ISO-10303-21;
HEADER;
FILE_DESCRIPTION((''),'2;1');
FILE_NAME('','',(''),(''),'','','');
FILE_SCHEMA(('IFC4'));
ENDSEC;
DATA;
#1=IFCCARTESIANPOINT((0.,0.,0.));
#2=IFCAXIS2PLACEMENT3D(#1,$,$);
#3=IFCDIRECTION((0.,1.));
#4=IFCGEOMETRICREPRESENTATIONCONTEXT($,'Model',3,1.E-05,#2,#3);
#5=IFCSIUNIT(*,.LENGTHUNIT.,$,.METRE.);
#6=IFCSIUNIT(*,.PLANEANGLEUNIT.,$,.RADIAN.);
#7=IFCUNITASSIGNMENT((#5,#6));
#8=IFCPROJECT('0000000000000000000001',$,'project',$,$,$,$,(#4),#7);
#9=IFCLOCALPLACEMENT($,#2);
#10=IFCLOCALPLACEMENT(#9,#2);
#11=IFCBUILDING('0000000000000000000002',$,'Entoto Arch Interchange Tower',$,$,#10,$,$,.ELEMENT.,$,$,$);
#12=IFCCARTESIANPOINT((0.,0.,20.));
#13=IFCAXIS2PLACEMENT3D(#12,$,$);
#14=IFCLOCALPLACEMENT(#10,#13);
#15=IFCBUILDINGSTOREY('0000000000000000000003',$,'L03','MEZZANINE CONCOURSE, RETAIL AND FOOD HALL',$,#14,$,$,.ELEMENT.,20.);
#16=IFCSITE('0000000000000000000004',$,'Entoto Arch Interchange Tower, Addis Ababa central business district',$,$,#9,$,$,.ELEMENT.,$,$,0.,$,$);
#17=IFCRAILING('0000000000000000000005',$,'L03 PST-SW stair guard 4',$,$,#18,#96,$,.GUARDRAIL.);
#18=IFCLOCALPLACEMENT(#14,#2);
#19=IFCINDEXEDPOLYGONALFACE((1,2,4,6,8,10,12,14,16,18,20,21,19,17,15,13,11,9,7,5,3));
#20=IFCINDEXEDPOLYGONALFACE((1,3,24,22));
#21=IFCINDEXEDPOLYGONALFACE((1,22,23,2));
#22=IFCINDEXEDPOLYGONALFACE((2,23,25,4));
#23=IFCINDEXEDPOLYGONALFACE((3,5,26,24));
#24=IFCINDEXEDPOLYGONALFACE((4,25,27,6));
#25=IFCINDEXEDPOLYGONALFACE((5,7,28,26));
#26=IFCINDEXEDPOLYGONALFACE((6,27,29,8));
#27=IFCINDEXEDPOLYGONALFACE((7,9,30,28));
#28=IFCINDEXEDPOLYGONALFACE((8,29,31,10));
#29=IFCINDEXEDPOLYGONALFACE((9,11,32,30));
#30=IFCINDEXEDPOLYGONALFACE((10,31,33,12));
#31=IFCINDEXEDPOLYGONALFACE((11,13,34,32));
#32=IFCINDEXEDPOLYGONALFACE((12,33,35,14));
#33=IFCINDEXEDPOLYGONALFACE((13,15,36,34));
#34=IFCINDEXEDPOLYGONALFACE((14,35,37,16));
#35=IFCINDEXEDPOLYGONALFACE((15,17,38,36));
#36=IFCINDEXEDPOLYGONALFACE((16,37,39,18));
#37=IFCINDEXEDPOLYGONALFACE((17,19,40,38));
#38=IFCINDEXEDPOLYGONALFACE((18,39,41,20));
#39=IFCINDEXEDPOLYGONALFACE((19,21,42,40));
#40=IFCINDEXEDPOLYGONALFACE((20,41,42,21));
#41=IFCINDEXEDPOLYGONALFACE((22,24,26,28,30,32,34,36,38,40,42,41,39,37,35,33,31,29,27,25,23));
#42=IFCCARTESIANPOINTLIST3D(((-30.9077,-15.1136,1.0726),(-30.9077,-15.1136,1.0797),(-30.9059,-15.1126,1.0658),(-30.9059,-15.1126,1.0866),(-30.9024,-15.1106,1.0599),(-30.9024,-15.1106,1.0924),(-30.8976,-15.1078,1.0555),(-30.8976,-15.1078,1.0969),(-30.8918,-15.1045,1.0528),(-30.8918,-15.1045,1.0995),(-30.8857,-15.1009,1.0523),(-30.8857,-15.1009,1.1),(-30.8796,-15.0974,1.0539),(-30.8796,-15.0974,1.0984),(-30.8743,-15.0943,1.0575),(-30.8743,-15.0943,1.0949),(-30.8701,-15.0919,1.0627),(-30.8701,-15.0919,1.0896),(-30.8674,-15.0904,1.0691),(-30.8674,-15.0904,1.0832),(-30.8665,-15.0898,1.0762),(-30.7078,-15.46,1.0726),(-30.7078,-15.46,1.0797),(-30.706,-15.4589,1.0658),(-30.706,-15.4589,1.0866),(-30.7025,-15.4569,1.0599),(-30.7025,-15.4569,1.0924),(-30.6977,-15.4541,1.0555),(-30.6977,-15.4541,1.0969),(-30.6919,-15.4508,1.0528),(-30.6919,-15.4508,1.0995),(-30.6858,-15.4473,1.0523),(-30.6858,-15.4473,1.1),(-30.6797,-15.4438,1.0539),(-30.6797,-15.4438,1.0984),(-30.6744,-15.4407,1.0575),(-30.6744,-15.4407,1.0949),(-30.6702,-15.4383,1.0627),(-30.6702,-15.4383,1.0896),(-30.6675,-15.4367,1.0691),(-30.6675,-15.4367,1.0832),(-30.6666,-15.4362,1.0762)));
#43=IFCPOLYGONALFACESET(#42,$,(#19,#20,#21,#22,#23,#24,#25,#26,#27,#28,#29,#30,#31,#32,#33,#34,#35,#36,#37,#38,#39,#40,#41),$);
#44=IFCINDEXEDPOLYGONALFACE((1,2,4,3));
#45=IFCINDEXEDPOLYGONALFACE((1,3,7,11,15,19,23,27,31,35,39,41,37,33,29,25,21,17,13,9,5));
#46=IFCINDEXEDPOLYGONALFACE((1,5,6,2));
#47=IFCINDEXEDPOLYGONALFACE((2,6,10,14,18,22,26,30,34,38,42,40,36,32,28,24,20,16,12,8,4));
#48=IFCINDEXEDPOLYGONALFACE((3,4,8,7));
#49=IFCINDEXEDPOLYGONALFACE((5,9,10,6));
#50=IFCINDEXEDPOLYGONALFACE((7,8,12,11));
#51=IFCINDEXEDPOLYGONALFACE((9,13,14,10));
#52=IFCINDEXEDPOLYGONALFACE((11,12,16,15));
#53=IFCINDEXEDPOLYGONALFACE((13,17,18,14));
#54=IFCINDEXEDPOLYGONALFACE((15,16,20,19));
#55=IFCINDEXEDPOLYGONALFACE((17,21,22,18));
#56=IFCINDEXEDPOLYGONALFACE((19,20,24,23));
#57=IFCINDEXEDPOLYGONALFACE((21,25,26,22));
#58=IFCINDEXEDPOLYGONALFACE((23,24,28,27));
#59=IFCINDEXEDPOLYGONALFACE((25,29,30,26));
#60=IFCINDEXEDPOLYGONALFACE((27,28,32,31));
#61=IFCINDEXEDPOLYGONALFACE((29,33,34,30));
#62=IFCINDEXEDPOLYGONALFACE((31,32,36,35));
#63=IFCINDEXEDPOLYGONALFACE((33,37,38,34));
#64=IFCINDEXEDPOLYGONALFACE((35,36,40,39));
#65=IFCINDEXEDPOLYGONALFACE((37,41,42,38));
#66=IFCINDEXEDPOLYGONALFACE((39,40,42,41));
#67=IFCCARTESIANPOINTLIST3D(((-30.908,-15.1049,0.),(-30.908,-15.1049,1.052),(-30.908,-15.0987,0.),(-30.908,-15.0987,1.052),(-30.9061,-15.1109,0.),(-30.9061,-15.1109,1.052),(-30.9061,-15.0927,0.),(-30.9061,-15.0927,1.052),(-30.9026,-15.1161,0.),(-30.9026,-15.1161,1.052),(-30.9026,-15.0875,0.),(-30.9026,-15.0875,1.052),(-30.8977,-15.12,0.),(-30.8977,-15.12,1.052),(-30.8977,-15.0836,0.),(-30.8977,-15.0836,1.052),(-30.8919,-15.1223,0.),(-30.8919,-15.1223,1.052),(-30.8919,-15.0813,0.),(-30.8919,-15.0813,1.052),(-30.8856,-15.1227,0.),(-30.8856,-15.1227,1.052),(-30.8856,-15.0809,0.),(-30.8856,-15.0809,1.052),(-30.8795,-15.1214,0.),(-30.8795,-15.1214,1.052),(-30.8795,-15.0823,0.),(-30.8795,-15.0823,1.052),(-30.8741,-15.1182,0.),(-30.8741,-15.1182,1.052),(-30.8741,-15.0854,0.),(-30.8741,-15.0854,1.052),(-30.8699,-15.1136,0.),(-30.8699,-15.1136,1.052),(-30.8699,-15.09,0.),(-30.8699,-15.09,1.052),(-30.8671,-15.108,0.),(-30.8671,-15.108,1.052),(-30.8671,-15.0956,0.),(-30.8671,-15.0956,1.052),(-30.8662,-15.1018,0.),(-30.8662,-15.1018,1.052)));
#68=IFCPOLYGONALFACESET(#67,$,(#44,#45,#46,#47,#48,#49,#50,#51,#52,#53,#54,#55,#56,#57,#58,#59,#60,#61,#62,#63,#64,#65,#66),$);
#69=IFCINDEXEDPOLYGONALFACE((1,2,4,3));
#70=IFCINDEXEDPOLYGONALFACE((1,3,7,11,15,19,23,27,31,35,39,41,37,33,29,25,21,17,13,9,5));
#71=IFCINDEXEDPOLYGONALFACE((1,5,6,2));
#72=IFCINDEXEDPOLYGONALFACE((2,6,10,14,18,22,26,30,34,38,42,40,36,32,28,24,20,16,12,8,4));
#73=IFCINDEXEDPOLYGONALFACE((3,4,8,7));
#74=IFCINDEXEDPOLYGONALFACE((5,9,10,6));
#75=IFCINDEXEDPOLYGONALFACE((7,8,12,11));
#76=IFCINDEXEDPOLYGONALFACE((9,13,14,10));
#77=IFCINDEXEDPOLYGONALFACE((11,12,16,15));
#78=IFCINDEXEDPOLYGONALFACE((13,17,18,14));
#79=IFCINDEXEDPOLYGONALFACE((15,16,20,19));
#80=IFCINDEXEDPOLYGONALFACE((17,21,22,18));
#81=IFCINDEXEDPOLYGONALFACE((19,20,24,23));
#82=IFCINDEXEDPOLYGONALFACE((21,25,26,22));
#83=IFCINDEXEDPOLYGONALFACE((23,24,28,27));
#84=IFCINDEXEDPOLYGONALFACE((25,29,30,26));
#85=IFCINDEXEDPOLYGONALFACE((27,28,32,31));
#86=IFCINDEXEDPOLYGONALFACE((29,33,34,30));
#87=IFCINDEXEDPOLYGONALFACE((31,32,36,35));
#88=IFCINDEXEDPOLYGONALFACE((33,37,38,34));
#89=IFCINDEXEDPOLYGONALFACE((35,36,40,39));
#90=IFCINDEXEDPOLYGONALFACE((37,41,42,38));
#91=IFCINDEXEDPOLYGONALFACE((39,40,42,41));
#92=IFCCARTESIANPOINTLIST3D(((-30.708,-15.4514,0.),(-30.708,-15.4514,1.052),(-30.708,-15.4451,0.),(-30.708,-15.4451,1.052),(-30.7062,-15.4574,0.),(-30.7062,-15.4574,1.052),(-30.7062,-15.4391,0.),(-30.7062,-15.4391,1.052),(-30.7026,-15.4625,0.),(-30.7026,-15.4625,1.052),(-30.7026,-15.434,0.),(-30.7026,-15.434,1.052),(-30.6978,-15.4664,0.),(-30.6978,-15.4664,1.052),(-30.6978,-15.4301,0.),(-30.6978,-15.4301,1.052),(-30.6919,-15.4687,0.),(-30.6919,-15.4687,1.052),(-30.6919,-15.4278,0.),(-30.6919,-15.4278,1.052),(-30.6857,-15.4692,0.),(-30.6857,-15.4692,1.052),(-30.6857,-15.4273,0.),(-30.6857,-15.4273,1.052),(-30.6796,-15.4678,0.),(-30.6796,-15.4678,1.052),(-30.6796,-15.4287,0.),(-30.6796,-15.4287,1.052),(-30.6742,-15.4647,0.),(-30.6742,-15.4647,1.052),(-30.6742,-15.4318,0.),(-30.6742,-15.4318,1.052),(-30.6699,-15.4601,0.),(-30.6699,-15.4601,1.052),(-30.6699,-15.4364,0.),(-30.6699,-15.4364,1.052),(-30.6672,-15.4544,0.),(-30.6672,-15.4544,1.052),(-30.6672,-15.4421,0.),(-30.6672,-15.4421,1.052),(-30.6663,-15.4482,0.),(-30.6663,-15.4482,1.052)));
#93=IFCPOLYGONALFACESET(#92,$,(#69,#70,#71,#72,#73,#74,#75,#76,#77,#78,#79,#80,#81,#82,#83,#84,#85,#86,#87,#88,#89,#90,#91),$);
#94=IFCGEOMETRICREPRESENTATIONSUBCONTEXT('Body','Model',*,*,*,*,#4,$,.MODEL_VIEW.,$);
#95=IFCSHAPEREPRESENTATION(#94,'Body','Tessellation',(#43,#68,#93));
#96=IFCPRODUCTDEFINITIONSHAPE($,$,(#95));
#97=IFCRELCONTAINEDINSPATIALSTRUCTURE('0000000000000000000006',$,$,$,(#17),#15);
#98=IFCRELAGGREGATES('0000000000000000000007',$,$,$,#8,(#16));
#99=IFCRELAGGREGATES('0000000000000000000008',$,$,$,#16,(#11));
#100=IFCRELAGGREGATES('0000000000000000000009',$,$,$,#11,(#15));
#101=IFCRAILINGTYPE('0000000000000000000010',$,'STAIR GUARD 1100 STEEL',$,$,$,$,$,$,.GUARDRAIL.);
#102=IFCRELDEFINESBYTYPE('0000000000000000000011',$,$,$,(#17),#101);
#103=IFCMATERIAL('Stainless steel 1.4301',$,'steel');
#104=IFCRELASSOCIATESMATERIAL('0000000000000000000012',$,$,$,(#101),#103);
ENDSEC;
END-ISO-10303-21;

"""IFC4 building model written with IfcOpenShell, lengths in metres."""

from ifc_helpers import new_model, si_unit, direction, frame, origin, origin_2d, place, context, subcontext, project, spatial, circle, extrude, material, type_object, element, save


model = new_model("IFC4")

# Units and contexts
model_context = context("Model", 3, precision=1e-05, world=origin(), true_north=direction((0.0, 1.0)))
body_context = subcontext(model_context, "Body", "Model", "MODEL_VIEW")
ifc_project = project(units=[si_unit("LENGTHUNIT", "METRE"), si_unit("PLANEANGLEUNIT", "RADIAN")], contexts=[model_context])

# Site, building, storey
site_placement = place(None, origin())
site = spatial("IfcSite", under=ifc_project, at=site_placement, Name="Entoto Arch Interchange Tower, Addis Ababa central business district", CompositionType="ELEMENT", RefElevation=0.0)
building_placement = place(site_placement, origin())
building = spatial("IfcBuilding", under=site, at=building_placement, Name="Entoto Arch Interchange Tower", CompositionType="ELEMENT")
storey_placement = place(building_placement, frame((0.0, 0.0, 20.0)))
storey = spatial("IfcBuildingStorey", under=building, at=storey_placement, Name="L03", Description="MEZZANINE CONCOURSE, RETAIL AND FOOD HALL", CompositionType="ELEMENT", Elevation=20.0)

# Railing
ifc_material_1 = material(Name="Stainless steel 1.4301", Category="steel")
railing_type_1 = type_object("IfcRailingType", Name="STAIR GUARD 1100 STEEL", PredefinedType="GUARDRAIL", material=ifc_material_1)
railing_1_placement = place(storey_placement, frame((-30.8872, -15.1018, 0.0)))
element("IfcRailing", 1, at=railing_1_placement, inside=storey, type_object=railing_type_1, Name="L03 PST-SW stair guard 4", PredefinedType="GUARDRAIL", context=body_context, shape_type="SweptSolid", body=[
    extrude(circle(Radius=0.0239, at=origin_2d()), frame((0.0, 0.0, 1.0762), z_axis=(0.499881, -0.866094, 0.0), x_axis=(0.866094, 0.499881, 0.0)), (0.0, 0.0, 1.0), 0.3999),
    extrude(circle(Radius=0.021, at=origin_2d()), origin(), (0.0, 0.0, 1.0), 1.052),
    extrude(circle(Radius=0.021, at=origin_2d()), frame((0.2, -0.3464, 0.0)), (0.0, 0.0, 1.0), 1.052),
])

save(model, "model.ifc")
